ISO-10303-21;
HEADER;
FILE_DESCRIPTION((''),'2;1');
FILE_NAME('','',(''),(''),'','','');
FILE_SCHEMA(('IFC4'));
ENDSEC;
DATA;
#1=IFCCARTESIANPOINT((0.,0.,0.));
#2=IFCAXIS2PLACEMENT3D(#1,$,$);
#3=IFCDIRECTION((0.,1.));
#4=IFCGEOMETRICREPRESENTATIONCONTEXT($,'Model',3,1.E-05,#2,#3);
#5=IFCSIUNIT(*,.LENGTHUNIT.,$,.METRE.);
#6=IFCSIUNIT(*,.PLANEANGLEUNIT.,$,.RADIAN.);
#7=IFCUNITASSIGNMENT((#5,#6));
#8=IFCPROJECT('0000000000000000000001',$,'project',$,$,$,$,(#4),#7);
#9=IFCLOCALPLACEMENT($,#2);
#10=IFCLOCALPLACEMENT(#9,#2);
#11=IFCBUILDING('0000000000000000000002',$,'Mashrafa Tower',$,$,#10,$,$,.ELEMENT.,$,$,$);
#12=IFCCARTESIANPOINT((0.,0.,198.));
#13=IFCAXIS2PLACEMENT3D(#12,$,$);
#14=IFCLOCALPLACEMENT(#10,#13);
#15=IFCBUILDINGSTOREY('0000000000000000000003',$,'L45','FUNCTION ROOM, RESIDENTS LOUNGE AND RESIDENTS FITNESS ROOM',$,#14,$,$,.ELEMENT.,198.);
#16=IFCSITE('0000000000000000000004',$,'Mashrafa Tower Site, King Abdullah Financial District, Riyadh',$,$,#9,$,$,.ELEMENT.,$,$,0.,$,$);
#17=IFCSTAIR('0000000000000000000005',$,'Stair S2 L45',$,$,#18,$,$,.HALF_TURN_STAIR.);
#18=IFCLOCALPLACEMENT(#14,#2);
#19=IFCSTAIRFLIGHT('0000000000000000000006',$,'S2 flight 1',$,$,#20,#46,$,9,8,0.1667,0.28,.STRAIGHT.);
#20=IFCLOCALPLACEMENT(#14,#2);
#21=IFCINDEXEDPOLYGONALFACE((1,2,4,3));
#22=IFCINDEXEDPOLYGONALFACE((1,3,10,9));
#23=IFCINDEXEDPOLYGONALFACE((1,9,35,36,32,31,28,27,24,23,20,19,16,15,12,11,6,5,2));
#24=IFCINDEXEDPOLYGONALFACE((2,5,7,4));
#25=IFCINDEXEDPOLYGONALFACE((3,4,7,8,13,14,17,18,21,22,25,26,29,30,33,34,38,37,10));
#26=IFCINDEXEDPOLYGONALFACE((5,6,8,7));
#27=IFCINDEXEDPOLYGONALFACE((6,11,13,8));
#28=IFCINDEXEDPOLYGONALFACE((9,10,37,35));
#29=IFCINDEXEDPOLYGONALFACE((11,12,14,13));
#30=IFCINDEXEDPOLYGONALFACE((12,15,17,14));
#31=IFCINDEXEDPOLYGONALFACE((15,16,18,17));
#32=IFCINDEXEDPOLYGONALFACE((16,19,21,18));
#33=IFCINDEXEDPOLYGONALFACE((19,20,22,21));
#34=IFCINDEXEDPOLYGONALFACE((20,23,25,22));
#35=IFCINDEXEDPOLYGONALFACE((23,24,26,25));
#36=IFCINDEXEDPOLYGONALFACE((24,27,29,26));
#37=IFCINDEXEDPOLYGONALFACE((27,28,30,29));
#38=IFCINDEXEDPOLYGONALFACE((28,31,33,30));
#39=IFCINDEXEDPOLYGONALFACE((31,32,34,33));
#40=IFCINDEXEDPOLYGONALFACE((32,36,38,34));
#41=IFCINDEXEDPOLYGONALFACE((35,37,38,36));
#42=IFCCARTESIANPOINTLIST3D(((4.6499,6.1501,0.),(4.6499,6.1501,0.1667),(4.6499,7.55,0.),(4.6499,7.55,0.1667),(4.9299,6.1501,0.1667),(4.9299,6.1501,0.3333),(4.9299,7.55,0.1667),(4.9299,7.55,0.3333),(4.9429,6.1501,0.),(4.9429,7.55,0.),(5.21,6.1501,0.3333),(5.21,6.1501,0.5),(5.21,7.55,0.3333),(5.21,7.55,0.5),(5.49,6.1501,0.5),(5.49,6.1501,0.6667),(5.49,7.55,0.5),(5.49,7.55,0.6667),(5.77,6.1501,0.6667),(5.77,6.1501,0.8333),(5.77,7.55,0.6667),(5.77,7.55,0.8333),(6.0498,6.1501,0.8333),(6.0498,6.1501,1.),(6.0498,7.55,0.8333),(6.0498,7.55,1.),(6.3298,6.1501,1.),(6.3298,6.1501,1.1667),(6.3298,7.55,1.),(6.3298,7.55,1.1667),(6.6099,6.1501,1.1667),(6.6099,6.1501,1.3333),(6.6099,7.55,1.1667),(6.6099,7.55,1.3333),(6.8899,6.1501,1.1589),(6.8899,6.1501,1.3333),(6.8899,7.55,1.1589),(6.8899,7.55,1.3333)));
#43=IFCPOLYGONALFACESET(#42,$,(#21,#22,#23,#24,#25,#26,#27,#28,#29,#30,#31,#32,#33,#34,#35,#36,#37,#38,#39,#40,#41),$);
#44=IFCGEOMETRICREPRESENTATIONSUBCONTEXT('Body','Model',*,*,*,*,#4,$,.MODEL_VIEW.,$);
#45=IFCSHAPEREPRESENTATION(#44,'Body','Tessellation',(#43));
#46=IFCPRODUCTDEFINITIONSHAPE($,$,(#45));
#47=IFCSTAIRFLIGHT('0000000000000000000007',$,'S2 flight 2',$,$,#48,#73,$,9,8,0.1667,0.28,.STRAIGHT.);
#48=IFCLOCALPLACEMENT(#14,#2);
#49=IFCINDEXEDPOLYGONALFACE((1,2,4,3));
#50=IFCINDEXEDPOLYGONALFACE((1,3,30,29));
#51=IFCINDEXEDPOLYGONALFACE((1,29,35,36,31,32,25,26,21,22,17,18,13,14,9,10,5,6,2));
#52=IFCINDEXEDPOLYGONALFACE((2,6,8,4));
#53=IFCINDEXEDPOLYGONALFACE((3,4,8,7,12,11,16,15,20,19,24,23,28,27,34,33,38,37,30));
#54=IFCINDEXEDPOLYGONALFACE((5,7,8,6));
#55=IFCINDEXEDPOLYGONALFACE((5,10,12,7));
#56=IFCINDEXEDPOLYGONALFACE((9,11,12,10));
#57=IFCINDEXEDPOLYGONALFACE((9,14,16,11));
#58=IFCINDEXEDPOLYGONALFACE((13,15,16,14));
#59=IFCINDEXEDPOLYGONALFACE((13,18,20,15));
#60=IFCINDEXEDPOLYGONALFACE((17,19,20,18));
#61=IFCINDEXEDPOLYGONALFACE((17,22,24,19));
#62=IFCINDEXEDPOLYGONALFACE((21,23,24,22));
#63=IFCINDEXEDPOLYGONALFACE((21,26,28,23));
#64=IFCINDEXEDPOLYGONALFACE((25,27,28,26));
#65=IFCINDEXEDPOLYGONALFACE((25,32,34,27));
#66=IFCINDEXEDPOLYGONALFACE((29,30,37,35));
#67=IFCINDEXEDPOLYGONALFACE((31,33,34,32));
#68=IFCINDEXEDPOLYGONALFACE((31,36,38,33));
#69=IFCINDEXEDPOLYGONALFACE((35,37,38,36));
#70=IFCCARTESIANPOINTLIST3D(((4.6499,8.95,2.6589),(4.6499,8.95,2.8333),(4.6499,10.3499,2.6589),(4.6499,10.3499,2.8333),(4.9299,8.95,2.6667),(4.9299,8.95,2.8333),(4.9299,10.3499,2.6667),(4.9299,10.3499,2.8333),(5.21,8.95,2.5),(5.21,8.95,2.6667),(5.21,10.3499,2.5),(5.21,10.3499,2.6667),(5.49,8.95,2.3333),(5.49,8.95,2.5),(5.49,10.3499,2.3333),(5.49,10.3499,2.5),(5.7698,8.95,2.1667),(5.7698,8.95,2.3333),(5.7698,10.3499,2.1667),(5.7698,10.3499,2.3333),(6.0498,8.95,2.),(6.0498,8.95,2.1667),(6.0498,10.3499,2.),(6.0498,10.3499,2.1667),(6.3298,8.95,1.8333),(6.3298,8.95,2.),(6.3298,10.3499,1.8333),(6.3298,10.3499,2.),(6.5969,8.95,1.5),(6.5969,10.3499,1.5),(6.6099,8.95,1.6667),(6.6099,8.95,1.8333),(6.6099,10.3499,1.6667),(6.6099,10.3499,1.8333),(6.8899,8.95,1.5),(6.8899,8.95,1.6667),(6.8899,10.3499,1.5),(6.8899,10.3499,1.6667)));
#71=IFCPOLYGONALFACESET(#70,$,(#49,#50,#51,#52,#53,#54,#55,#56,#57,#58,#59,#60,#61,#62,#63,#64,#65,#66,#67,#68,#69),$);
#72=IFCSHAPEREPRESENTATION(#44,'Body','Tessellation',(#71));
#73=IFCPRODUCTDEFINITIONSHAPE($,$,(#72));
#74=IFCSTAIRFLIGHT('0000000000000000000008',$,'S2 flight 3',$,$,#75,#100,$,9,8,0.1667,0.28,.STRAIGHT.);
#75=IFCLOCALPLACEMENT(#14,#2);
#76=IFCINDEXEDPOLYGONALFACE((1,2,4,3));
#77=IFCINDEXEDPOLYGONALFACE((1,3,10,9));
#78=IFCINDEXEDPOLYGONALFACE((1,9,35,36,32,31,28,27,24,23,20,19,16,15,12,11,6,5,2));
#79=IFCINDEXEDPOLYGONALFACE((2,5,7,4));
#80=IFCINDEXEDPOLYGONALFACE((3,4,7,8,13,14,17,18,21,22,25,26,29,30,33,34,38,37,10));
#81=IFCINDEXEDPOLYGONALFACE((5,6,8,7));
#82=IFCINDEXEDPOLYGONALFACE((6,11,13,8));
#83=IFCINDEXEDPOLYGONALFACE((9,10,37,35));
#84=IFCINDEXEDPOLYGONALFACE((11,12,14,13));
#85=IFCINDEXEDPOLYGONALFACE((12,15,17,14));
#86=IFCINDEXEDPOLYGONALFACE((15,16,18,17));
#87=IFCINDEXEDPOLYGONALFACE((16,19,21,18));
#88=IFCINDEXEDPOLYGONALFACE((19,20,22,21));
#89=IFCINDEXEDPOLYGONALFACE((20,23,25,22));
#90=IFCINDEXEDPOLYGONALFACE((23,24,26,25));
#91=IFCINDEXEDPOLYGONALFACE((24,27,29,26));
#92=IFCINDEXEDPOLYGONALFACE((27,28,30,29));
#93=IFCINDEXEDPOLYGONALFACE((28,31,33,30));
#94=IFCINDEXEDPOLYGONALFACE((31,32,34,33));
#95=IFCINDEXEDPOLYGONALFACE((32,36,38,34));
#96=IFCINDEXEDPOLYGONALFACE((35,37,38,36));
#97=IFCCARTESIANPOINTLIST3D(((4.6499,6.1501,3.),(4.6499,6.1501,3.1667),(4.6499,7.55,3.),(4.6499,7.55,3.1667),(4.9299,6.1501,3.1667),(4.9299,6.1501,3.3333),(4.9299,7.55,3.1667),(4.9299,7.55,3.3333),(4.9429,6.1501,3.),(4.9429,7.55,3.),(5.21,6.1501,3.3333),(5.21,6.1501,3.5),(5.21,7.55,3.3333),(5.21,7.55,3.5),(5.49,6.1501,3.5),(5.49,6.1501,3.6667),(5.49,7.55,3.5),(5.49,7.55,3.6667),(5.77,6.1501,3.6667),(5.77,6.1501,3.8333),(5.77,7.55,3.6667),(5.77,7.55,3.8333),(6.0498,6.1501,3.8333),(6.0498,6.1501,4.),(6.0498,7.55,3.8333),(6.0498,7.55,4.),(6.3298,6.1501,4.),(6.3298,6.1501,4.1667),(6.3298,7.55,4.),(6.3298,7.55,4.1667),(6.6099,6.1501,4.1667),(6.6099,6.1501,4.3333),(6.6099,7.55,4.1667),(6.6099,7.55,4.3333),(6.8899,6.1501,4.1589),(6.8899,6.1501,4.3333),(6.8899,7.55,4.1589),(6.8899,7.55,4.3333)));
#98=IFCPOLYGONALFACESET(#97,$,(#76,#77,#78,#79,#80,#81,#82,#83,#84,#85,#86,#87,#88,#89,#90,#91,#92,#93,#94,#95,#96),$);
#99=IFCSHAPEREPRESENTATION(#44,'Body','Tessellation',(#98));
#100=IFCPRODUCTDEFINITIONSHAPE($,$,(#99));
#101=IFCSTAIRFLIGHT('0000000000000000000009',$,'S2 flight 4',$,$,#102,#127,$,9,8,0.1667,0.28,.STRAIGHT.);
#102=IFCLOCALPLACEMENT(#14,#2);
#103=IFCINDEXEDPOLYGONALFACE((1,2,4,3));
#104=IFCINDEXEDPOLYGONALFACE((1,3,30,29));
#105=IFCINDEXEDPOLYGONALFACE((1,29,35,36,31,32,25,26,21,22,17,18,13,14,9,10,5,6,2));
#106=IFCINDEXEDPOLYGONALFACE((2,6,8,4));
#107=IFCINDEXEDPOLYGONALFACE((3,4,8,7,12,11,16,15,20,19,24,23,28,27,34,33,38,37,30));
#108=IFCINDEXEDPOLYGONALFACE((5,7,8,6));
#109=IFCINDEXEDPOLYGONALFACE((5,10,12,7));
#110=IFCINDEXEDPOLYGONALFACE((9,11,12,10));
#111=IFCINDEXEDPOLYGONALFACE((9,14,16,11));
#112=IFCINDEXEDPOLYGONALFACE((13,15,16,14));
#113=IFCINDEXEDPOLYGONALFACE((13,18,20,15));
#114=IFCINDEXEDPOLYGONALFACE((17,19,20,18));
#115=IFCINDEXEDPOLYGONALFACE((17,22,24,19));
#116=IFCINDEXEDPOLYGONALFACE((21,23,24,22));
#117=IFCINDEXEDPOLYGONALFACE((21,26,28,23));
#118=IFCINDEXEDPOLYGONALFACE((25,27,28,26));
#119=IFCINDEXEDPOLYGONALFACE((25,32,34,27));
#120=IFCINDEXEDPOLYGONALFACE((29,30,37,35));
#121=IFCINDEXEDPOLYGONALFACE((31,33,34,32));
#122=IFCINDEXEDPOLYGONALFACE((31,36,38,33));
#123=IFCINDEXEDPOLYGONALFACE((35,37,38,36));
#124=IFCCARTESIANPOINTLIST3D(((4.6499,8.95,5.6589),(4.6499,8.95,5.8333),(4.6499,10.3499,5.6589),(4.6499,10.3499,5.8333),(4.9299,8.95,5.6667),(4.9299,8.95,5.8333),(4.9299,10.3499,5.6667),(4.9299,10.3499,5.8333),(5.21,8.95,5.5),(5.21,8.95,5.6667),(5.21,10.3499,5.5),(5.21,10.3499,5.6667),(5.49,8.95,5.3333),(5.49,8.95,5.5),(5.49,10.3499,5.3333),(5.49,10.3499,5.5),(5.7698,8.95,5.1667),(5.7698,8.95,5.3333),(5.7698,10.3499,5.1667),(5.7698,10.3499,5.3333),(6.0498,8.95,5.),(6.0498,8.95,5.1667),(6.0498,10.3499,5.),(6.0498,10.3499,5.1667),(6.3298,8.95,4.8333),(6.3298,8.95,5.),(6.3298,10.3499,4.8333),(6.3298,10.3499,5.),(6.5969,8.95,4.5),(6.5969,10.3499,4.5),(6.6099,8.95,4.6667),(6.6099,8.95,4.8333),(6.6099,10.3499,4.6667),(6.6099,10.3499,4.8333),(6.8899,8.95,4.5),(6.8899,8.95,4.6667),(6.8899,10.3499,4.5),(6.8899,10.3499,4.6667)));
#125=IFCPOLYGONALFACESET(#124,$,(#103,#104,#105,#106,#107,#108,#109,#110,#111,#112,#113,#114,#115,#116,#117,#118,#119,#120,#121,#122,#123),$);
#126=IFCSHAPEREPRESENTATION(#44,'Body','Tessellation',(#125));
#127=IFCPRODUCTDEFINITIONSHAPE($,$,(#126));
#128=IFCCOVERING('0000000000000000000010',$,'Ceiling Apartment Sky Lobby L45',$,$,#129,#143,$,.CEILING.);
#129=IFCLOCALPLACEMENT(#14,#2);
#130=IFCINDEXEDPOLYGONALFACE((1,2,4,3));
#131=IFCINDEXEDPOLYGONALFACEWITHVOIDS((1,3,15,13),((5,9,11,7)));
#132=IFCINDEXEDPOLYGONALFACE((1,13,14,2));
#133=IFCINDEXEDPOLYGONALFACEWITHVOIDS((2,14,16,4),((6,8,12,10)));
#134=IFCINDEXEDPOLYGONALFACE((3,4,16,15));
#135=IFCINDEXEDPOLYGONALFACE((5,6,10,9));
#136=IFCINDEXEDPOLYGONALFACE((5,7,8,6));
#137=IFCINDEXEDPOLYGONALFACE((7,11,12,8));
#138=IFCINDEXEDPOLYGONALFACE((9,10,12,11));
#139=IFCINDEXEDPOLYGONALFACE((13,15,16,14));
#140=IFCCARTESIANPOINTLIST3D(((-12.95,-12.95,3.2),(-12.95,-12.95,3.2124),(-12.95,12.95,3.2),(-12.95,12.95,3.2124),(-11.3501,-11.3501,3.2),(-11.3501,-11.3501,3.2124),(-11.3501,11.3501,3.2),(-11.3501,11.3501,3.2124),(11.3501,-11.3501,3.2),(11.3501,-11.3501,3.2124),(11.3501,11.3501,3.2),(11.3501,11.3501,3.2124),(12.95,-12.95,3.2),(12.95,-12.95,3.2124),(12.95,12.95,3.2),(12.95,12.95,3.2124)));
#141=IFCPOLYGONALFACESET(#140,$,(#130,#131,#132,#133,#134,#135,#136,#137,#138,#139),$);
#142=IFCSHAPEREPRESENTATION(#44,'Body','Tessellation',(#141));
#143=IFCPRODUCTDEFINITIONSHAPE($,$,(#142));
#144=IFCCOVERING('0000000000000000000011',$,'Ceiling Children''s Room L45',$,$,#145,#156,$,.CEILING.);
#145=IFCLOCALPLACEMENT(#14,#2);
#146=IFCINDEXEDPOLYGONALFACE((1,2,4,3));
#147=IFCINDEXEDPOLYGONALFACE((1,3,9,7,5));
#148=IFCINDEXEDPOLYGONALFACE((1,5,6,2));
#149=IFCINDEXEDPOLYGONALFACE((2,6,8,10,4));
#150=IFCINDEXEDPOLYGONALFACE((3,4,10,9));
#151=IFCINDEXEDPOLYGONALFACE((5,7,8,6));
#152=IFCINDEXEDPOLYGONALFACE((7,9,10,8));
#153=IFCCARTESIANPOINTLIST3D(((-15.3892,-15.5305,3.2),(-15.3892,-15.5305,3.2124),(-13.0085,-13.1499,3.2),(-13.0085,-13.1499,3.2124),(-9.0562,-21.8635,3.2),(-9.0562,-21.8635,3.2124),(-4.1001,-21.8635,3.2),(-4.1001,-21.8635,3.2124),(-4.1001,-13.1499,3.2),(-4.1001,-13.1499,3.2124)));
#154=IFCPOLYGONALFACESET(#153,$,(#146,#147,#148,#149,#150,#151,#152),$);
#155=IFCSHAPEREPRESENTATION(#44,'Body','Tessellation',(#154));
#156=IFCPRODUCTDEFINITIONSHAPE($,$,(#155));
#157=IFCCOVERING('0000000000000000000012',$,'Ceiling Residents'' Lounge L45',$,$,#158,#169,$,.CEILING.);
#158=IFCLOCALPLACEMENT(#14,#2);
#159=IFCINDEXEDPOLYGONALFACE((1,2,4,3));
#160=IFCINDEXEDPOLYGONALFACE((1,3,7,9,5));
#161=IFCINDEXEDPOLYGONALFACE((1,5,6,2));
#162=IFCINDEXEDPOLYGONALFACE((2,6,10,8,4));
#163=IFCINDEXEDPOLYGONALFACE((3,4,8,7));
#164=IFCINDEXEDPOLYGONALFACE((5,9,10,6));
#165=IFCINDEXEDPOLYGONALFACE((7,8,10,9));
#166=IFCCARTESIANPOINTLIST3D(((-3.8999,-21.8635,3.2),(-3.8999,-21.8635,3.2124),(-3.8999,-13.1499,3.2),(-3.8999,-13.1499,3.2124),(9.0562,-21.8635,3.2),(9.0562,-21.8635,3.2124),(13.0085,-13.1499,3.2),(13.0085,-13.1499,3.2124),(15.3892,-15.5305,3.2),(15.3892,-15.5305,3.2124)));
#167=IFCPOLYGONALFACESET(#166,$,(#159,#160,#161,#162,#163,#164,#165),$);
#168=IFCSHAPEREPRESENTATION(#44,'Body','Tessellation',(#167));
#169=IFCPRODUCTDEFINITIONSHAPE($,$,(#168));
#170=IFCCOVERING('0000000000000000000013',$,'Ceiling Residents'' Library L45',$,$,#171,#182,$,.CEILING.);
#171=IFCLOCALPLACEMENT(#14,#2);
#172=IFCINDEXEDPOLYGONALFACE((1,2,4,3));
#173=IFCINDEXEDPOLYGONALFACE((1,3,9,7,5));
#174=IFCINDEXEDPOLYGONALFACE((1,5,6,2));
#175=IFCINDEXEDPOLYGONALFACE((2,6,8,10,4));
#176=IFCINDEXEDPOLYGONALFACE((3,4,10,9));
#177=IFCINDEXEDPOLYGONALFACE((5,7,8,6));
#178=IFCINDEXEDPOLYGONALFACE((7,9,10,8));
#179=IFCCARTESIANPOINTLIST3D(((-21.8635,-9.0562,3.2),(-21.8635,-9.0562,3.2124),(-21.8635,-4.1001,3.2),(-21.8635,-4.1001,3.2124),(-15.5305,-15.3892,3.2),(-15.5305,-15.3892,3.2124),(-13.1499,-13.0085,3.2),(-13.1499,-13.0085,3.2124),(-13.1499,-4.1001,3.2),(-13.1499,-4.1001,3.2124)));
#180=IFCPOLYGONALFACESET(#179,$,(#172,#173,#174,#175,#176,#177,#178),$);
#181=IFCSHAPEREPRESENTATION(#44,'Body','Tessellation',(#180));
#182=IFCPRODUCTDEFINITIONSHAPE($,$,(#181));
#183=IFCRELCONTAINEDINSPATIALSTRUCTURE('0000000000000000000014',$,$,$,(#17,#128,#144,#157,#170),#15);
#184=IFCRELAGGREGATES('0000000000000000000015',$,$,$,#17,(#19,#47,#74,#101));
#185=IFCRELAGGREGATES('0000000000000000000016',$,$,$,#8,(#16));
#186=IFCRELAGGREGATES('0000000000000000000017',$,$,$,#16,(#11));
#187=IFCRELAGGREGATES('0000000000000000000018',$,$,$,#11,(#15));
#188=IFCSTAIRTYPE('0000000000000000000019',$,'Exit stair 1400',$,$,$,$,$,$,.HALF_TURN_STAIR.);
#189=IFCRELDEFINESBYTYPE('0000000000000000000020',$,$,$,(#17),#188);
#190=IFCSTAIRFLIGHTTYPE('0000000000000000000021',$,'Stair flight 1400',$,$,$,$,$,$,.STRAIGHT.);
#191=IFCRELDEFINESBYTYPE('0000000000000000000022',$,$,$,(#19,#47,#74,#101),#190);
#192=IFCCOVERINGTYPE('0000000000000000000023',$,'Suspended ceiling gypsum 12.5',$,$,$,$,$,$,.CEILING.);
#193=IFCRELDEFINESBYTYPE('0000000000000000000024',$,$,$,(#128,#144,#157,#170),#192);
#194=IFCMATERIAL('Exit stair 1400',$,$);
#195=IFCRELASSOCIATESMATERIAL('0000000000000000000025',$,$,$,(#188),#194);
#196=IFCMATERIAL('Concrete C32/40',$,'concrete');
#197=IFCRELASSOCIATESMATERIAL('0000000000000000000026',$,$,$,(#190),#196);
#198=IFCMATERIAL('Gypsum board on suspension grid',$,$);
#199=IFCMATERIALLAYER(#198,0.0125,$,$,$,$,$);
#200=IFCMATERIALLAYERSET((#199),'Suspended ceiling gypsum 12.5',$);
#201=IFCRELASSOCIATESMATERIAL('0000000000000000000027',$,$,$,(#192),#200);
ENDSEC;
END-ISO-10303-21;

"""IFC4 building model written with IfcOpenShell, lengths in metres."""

from ifc_helpers import new_model, si_unit, direction, frame, origin, place, context, subcontext, project, spatial, polyline, outline, extrude, material, layer, layer_set, type_object, element, aggregate, save


model = new_model("IFC4")

# Units and contexts
model_context = context("Model", 3, precision=1e-05, world=origin(), true_north=direction((0.0, 1.0)))
body_context = subcontext(model_context, "Body", "Model", "MODEL_VIEW")
ifc_project = project(units=[si_unit("LENGTHUNIT", "METRE"), si_unit("PLANEANGLEUNIT", "RADIAN")], contexts=[model_context])

# Site, building, storey
site_placement = place(None, origin())
site = spatial("IfcSite", under=ifc_project, at=site_placement, Name="Mashrafa Tower Site, King Abdullah Financial District, Riyadh", CompositionType="ELEMENT", RefElevation=0.0)
building_placement = place(site_placement, origin())
building = spatial("IfcBuilding", under=site, at=building_placement, Name="Mashrafa Tower", CompositionType="ELEMENT")
storey_placement = place(building_placement, frame((0.0, 0.0, 198.0)))
storey = spatial("IfcBuildingStorey", under=building, at=storey_placement, Name="L45", Description="FUNCTION ROOM, RESIDENTS LOUNGE AND RESIDENTS FITNESS ROOM", CompositionType="ELEMENT", Elevation=198.0)

# Stair, stair flights
ifc_material_1 = material(Name="Exit stair 1400")
stair_type = type_object("IfcStairType", Name="Exit stair 1400", PredefinedType="HALF_TURN_STAIR", material=ifc_material_1)
stair_placement = place(storey_placement, origin())
stair = element("IfcStair", 1, at=stair_placement, inside=storey, type_object=stair_type, Name="Stair S2 L45", PredefinedType="HALF_TURN_STAIR")
ifc_material_2 = material(Name="Concrete C32/40", Category="concrete")
stair_flight_type = type_object("IfcStairFlightType", Name="Stair flight 1400", PredefinedType="STRAIGHT", material=ifc_material_2)
stair_flight_1_placement = place(storey_placement, frame((4.6499, 6.8501, 0.0), z_axis=(0.0, 0.0, 1.0), x_axis=(1.0, 0.0, 0.0)))
stair_flight_1 = element("IfcStairFlight", 2, at=stair_flight_1_placement, type_object=stair_flight_type, Name="S2 flight 1", NumberOfRisers=9, NumberOfTreads=8, PredefinedType="STRAIGHT", RiserHeight=0.1667, TreadLength=0.28, context=body_context, shape_type="SweptSolid", body=[
    extrude(outline(polyline([(0.0, 0.0), (0.0, 0.1667), (0.28, 0.1667), (0.28, 0.3333), (0.5601, 0.3333), (0.5601, 0.5), (0.8401, 0.5), (0.8401, 0.6667), (1.1201, 0.6667), (1.1201, 0.8333), (1.3999, 0.8333), (1.3999, 1.0), (1.6799, 1.0), (1.6799, 1.1667), (1.96, 1.1667), (1.96, 1.3333), (2.24, 1.3333), (2.24, 1.5), (2.24, 1.1589), (0.293, 0.0), (0.0, 0.0)])), frame((0.0, 0.7, 0.0), z_axis=(0.0, -1.0, 0.0), x_axis=(1.0, 0.0, 0.0)), (0.0, 0.0, 1.0), 1.3999),
])
stair_flight_2_placement = place(storey_placement, frame((6.8899, 9.6499, 1.5), z_axis=(0.0, 0.0, 1.0), x_axis=(-1.0, 0.0, 0.0)))
stair_flight_2 = element("IfcStairFlight", 3, at=stair_flight_2_placement, type_object=stair_flight_type, Name="S2 flight 2", NumberOfRisers=9, NumberOfTreads=8, PredefinedType="STRAIGHT", RiserHeight=0.1667, TreadLength=0.28, context=body_context, shape_type="SweptSolid", body=[
    extrude(outline(polyline([(0.0, 0.0), (0.0, 0.1667), (0.28, 0.1667), (0.28, 0.3333), (0.5601, 0.3333), (0.5601, 0.5), (0.8401, 0.5), (0.8401, 0.6667), (1.1201, 0.6667), (1.1201, 0.8333), (1.3999, 0.8333), (1.3999, 1.0), (1.6799, 1.0), (1.6799, 1.1667), (1.96, 1.1667), (1.96, 1.3333), (2.24, 1.3333), (2.24, 1.5), (2.24, 1.1589), (0.293, 0.0), (0.0, 0.0)])), frame((0.0, 0.7, 0.0), z_axis=(0.0, -1.0, 0.0), x_axis=(1.0, 0.0, 0.0)), (0.0, 0.0, 1.0), 1.3999),
])
stair_flight_3_placement = place(storey_placement, frame((4.6499, 6.8501, 3.0), z_axis=(0.0, 0.0, 1.0), x_axis=(1.0, 0.0, 0.0)))
stair_flight_3 = element("IfcStairFlight", 4, at=stair_flight_3_placement, type_object=stair_flight_type, Name="S2 flight 3", NumberOfRisers=9, NumberOfTreads=8, PredefinedType="STRAIGHT", RiserHeight=0.1667, TreadLength=0.28, context=body_context, shape_type="SweptSolid", body=[
    extrude(outline(polyline([(0.0, 0.0), (0.0, 0.1667), (0.28, 0.1667), (0.28, 0.3333), (0.5601, 0.3333), (0.5601, 0.5), (0.8401, 0.5), (0.8401, 0.6667), (1.1201, 0.6667), (1.1201, 0.8333), (1.3999, 0.8333), (1.3999, 1.0), (1.6799, 1.0), (1.6799, 1.1667), (1.96, 1.1667), (1.96, 1.3333), (2.24, 1.3333), (2.24, 1.5), (2.24, 1.1589), (0.293, 0.0), (0.0, 0.0)])), frame((0.0, 0.7, 0.0), z_axis=(0.0, -1.0, 0.0), x_axis=(1.0, 0.0, 0.0)), (0.0, 0.0, 1.0), 1.3999),
])
stair_flight_4_placement = place(storey_placement, frame((6.8899, 9.6499, 4.5), z_axis=(0.0, 0.0, 1.0), x_axis=(-1.0, 0.0, 0.0)))
stair_flight_4 = element("IfcStairFlight", 5, at=stair_flight_4_placement, type_object=stair_flight_type, Name="S2 flight 4", NumberOfRisers=9, NumberOfTreads=8, PredefinedType="STRAIGHT", RiserHeight=0.1667, TreadLength=0.28, context=body_context, shape_type="SweptSolid", body=[
    extrude(outline(polyline([(0.0, 0.0), (0.0, 0.1667), (0.28, 0.1667), (0.28, 0.3333), (0.5601, 0.3333), (0.5601, 0.5), (0.8401, 0.5), (0.8401, 0.6667), (1.1201, 0.6667), (1.1201, 0.8333), (1.3999, 0.8333), (1.3999, 1.0), (1.6799, 1.0), (1.6799, 1.1667), (1.96, 1.1667), (1.96, 1.3333), (2.24, 1.3333), (2.24, 1.5), (2.24, 1.1589), (0.293, 0.0), (0.0, 0.0)])), frame((0.0, 0.7, 0.0), z_axis=(0.0, -1.0, 0.0), x_axis=(1.0, 0.0, 0.0)), (0.0, 0.0, 1.0), 1.3999),
])
aggregate(stair, [stair_flight_1, stair_flight_2, stair_flight_3, stair_flight_4])

# Coverings
ifc_material_3 = material(Name="Gypsum board on suspension grid")
ifc_layer_1 = layer(ifc_material_3, 0.0125)
ifc_layer_set_1 = layer_set([ifc_layer_1], Name="Suspended ceiling gypsum 12.5")
covering_type = type_object("IfcCoveringType", Name="Suspended ceiling gypsum 12.5", PredefinedType="CEILING", material=ifc_layer_set_1)
covering_1_placement = place(storey_placement, frame((0.0, 0.0, 3.2)))
element("IfcCovering", 6, at=covering_1_placement, inside=storey, type_object=covering_type, Name="Ceiling Apartment Sky Lobby L45", PredefinedType="CEILING", context=body_context, shape_type="SweptSolid", body=[
    extrude(outline(polyline([(-12.95, -12.95), (-12.95, 12.95), (12.95, 12.95), (12.95, -12.95), (-12.95, -12.95)]), holes=[polyline([(11.3501, 11.3501), (-11.3501, 11.3501), (-11.3501, -11.3501), (11.3501, -11.3501), (11.3501, 11.3501)])]), origin(), (0.0, 0.0, 1.0), 0.0125),
])
covering_2_placement = place(storey_placement, frame((0.0, 0.0, 3.2)))
element("IfcCovering", 7, at=covering_2_placement, inside=storey, type_object=covering_type, Name="Ceiling Children's Room L45", PredefinedType="CEILING", context=body_context, shape_type="SweptSolid", body=[
    extrude(outline(polyline([(-4.1001, -13.1499), (-4.1001, -21.8635), (-9.0562, -21.8635), (-15.3892, -15.5305), (-13.0085, -13.1499), (-4.1001, -13.1499)])), origin(), (0.0, 0.0, 1.0), 0.0125),
])
covering_3_placement = place(storey_placement, frame((0.0, 0.0, 3.2)))
element("IfcCovering", 8, at=covering_3_placement, inside=storey, type_object=covering_type, Name="Ceiling Residents' Lounge L45", PredefinedType="CEILING", context=body_context, shape_type="SweptSolid", body=[
    extrude(outline(polyline([(-3.8999, -13.1499), (13.0085, -13.1499), (15.3892, -15.5305), (9.0562, -21.8635), (-3.8999, -21.8635), (-3.8999, -13.1499)])), origin(), (0.0, 0.0, 1.0), 0.0125),
])
covering_4_placement = place(storey_placement, frame((0.0, 0.0, 3.2)))
element("IfcCovering", 9, at=covering_4_placement, inside=storey, type_object=covering_type, Name="Ceiling Residents' Library L45", PredefinedType="CEILING", context=body_context, shape_type="SweptSolid", body=[
    extrude(outline(polyline([(-13.1499, -4.1001), (-13.1499, -13.0085), (-15.5305, -15.3892), (-21.8635, -9.0562), (-21.8635, -4.1001), (-13.1499, -4.1001)])), origin(), (0.0, 0.0, 1.0), 0.0125),
])

save(model, "model.ifc")
